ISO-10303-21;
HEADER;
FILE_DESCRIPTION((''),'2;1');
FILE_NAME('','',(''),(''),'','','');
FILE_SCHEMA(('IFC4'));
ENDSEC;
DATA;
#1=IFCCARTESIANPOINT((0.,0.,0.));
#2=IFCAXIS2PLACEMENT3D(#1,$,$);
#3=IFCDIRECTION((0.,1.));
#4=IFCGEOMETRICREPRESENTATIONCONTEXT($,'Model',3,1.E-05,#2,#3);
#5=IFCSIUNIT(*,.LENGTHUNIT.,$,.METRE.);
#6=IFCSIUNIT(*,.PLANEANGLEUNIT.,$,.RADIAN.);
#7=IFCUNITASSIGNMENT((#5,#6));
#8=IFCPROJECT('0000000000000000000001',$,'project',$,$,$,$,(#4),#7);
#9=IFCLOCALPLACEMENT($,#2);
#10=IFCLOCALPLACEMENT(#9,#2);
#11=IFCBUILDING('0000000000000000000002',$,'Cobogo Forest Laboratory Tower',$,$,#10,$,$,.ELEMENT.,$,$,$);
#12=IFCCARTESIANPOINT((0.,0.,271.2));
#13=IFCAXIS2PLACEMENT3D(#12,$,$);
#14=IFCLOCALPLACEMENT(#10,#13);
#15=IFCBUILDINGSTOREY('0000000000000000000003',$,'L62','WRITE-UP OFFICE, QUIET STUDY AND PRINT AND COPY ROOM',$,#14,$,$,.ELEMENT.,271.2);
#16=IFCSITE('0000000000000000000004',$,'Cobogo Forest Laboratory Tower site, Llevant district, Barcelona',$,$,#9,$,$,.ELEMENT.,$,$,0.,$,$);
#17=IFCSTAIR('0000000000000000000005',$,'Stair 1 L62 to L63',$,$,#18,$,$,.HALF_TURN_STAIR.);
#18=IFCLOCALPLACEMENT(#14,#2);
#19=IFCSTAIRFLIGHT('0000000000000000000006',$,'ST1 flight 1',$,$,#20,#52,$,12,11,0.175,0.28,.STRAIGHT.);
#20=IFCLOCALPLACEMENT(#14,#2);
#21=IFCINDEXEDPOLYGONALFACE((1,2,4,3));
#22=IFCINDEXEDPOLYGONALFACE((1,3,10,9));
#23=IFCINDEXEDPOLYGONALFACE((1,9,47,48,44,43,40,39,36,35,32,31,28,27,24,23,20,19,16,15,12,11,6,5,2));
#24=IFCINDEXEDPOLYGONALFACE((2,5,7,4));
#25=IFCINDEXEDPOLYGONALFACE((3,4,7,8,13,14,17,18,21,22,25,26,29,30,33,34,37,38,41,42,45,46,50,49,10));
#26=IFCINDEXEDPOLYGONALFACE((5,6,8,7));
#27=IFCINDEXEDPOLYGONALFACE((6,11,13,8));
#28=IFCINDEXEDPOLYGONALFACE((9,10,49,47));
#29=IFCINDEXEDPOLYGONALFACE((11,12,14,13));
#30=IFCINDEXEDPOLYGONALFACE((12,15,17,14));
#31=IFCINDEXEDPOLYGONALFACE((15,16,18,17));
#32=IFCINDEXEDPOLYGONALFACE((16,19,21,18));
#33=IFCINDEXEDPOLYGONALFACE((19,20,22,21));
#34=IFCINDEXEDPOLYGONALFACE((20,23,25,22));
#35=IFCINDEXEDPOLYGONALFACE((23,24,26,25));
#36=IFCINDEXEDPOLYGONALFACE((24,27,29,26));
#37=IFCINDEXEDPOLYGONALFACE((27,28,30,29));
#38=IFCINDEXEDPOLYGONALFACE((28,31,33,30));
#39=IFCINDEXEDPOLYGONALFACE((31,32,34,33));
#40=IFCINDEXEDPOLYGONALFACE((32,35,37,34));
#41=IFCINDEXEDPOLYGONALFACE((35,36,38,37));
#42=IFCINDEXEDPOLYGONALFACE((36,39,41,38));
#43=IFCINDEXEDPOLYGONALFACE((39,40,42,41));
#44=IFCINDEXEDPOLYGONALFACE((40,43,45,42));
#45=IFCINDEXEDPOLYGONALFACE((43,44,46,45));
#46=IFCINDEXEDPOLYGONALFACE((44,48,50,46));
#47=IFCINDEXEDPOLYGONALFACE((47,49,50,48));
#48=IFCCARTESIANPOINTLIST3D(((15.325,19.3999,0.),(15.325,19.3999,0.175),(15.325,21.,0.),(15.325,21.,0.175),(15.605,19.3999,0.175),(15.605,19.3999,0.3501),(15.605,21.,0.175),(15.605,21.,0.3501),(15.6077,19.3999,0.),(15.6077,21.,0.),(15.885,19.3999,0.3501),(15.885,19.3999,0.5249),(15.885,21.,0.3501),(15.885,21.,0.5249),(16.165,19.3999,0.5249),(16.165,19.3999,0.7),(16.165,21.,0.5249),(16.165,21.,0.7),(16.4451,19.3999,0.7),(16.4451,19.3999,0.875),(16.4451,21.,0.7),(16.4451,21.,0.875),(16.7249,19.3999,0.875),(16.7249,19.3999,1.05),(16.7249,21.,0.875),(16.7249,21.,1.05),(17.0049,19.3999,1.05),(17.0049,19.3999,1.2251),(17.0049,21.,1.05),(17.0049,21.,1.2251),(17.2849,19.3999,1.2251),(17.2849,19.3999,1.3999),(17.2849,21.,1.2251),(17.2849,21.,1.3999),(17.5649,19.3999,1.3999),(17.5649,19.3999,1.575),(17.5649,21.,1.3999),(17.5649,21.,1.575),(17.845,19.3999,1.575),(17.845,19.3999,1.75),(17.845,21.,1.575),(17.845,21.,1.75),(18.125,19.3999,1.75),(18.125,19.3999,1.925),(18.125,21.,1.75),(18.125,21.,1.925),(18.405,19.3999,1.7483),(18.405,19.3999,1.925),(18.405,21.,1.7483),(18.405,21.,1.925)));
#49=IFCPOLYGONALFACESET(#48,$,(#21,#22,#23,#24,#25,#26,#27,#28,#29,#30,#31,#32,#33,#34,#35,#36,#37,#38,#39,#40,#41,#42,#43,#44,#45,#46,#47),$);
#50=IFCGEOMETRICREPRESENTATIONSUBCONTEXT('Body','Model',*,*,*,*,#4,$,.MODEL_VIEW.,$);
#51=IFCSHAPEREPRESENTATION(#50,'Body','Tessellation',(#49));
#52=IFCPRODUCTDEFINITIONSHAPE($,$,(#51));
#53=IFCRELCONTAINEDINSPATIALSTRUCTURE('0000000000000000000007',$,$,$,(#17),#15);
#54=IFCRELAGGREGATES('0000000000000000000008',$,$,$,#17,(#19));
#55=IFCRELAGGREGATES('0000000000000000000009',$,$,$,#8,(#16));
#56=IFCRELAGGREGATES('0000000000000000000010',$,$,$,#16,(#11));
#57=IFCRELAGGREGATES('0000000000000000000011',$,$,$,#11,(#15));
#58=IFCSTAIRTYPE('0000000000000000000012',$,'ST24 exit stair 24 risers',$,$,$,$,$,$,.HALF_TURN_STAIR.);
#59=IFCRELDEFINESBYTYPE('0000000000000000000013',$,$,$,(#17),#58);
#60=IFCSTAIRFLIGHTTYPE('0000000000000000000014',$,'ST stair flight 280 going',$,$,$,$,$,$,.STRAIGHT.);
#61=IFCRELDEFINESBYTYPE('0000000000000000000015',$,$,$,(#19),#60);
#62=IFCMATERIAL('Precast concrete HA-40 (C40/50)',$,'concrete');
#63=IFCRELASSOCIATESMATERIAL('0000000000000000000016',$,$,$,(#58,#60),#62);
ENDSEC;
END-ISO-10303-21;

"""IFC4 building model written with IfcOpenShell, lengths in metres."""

from ifc_helpers import new_model, si_unit, direction, frame, origin, place, context, subcontext, project, spatial, polyline, outline, extrude, material, type_object, element, aggregate, save


model = new_model("IFC4")

# Units and contexts
model_context = context("Model", 3, precision=1e-05, world=origin(), true_north=direction((0.0, 1.0)))
body_context = subcontext(model_context, "Body", "Model", "MODEL_VIEW")
ifc_project = project(units=[si_unit("LENGTHUNIT", "METRE"), si_unit("PLANEANGLEUNIT", "RADIAN")], contexts=[model_context])

# Site, building, storey
site_placement = place(None, origin())
site = spatial("IfcSite", under=ifc_project, at=site_placement, Name="Cobogo Forest Laboratory Tower site, Llevant district, Barcelona", CompositionType="ELEMENT", RefElevation=0.0)
building_placement = place(site_placement, origin())
building = spatial("IfcBuilding", under=site, at=building_placement, Name="Cobogo Forest Laboratory Tower", CompositionType="ELEMENT")
storey_placement = place(building_placement, frame((0.0, 0.0, 271.2)))
storey = spatial("IfcBuildingStorey", under=building, at=storey_placement, Name="L62", Description="WRITE-UP OFFICE, QUIET STUDY AND PRINT AND COPY ROOM", CompositionType="ELEMENT", Elevation=271.2)

# Stair, stair flight
ifc_material_1 = material(Name="Precast concrete HA-40 (C40/50)", Category="concrete")
stair_type = type_object("IfcStairType", Name="ST24 exit stair 24 risers", PredefinedType="HALF_TURN_STAIR", material=ifc_material_1)
stair_placement = place(storey_placement, origin())
stair = element("IfcStair", 1, at=stair_placement, inside=storey, type_object=stair_type, Name="Stair 1 L62 to L63", PredefinedType="HALF_TURN_STAIR")
stair_flight_type = type_object("IfcStairFlightType", Name="ST stair flight 280 going", PredefinedType="STRAIGHT", material=ifc_material_1)
stair_flight_placement = place(storey_placement, frame((15.325, 20.2, 0.0), z_axis=(0.0, 0.0, 1.0), x_axis=(1.0, 0.0, 0.0)))
stair_flight = element("IfcStairFlight", 2, at=stair_flight_placement, type_object=stair_flight_type, Name="ST1 flight 1", NumberOfRisers=12, NumberOfTreads=11, PredefinedType="STRAIGHT", RiserHeight=0.175, TreadLength=0.28, context=body_context, shape_type="SweptSolid", body=[
    extrude(outline(polyline([(0.0, 0.0), (0.0, 0.175), (0.28, 0.175), (0.28, 0.3501), (0.5601, 0.3501), (0.5601, 0.5249), (0.8401, 0.5249), (0.8401, 0.7), (1.1201, 0.7), (1.1201, 0.875), (1.3999, 0.875), (1.3999, 1.05), (1.6799, 1.05), (1.6799, 1.2251), (1.96, 1.2251), (1.96, 1.3999), (2.24, 1.3999), (2.24, 1.575), (2.52, 1.575), (2.52, 1.75), (2.8, 1.75), (2.8, 1.925), (3.0801, 1.925), (3.0801, 2.1001), (3.0801, 1.7483), (0.2827, 0.0), (0.0, 0.0)])), frame((0.0, 0.8, 0.0), z_axis=(0.0, -1.0, 0.0), x_axis=(1.0, 0.0, 0.0)), (0.0, 0.0, 1.0), 1.6001),
])
aggregate(stair, [stair_flight])

save(model, "model.ifc")
